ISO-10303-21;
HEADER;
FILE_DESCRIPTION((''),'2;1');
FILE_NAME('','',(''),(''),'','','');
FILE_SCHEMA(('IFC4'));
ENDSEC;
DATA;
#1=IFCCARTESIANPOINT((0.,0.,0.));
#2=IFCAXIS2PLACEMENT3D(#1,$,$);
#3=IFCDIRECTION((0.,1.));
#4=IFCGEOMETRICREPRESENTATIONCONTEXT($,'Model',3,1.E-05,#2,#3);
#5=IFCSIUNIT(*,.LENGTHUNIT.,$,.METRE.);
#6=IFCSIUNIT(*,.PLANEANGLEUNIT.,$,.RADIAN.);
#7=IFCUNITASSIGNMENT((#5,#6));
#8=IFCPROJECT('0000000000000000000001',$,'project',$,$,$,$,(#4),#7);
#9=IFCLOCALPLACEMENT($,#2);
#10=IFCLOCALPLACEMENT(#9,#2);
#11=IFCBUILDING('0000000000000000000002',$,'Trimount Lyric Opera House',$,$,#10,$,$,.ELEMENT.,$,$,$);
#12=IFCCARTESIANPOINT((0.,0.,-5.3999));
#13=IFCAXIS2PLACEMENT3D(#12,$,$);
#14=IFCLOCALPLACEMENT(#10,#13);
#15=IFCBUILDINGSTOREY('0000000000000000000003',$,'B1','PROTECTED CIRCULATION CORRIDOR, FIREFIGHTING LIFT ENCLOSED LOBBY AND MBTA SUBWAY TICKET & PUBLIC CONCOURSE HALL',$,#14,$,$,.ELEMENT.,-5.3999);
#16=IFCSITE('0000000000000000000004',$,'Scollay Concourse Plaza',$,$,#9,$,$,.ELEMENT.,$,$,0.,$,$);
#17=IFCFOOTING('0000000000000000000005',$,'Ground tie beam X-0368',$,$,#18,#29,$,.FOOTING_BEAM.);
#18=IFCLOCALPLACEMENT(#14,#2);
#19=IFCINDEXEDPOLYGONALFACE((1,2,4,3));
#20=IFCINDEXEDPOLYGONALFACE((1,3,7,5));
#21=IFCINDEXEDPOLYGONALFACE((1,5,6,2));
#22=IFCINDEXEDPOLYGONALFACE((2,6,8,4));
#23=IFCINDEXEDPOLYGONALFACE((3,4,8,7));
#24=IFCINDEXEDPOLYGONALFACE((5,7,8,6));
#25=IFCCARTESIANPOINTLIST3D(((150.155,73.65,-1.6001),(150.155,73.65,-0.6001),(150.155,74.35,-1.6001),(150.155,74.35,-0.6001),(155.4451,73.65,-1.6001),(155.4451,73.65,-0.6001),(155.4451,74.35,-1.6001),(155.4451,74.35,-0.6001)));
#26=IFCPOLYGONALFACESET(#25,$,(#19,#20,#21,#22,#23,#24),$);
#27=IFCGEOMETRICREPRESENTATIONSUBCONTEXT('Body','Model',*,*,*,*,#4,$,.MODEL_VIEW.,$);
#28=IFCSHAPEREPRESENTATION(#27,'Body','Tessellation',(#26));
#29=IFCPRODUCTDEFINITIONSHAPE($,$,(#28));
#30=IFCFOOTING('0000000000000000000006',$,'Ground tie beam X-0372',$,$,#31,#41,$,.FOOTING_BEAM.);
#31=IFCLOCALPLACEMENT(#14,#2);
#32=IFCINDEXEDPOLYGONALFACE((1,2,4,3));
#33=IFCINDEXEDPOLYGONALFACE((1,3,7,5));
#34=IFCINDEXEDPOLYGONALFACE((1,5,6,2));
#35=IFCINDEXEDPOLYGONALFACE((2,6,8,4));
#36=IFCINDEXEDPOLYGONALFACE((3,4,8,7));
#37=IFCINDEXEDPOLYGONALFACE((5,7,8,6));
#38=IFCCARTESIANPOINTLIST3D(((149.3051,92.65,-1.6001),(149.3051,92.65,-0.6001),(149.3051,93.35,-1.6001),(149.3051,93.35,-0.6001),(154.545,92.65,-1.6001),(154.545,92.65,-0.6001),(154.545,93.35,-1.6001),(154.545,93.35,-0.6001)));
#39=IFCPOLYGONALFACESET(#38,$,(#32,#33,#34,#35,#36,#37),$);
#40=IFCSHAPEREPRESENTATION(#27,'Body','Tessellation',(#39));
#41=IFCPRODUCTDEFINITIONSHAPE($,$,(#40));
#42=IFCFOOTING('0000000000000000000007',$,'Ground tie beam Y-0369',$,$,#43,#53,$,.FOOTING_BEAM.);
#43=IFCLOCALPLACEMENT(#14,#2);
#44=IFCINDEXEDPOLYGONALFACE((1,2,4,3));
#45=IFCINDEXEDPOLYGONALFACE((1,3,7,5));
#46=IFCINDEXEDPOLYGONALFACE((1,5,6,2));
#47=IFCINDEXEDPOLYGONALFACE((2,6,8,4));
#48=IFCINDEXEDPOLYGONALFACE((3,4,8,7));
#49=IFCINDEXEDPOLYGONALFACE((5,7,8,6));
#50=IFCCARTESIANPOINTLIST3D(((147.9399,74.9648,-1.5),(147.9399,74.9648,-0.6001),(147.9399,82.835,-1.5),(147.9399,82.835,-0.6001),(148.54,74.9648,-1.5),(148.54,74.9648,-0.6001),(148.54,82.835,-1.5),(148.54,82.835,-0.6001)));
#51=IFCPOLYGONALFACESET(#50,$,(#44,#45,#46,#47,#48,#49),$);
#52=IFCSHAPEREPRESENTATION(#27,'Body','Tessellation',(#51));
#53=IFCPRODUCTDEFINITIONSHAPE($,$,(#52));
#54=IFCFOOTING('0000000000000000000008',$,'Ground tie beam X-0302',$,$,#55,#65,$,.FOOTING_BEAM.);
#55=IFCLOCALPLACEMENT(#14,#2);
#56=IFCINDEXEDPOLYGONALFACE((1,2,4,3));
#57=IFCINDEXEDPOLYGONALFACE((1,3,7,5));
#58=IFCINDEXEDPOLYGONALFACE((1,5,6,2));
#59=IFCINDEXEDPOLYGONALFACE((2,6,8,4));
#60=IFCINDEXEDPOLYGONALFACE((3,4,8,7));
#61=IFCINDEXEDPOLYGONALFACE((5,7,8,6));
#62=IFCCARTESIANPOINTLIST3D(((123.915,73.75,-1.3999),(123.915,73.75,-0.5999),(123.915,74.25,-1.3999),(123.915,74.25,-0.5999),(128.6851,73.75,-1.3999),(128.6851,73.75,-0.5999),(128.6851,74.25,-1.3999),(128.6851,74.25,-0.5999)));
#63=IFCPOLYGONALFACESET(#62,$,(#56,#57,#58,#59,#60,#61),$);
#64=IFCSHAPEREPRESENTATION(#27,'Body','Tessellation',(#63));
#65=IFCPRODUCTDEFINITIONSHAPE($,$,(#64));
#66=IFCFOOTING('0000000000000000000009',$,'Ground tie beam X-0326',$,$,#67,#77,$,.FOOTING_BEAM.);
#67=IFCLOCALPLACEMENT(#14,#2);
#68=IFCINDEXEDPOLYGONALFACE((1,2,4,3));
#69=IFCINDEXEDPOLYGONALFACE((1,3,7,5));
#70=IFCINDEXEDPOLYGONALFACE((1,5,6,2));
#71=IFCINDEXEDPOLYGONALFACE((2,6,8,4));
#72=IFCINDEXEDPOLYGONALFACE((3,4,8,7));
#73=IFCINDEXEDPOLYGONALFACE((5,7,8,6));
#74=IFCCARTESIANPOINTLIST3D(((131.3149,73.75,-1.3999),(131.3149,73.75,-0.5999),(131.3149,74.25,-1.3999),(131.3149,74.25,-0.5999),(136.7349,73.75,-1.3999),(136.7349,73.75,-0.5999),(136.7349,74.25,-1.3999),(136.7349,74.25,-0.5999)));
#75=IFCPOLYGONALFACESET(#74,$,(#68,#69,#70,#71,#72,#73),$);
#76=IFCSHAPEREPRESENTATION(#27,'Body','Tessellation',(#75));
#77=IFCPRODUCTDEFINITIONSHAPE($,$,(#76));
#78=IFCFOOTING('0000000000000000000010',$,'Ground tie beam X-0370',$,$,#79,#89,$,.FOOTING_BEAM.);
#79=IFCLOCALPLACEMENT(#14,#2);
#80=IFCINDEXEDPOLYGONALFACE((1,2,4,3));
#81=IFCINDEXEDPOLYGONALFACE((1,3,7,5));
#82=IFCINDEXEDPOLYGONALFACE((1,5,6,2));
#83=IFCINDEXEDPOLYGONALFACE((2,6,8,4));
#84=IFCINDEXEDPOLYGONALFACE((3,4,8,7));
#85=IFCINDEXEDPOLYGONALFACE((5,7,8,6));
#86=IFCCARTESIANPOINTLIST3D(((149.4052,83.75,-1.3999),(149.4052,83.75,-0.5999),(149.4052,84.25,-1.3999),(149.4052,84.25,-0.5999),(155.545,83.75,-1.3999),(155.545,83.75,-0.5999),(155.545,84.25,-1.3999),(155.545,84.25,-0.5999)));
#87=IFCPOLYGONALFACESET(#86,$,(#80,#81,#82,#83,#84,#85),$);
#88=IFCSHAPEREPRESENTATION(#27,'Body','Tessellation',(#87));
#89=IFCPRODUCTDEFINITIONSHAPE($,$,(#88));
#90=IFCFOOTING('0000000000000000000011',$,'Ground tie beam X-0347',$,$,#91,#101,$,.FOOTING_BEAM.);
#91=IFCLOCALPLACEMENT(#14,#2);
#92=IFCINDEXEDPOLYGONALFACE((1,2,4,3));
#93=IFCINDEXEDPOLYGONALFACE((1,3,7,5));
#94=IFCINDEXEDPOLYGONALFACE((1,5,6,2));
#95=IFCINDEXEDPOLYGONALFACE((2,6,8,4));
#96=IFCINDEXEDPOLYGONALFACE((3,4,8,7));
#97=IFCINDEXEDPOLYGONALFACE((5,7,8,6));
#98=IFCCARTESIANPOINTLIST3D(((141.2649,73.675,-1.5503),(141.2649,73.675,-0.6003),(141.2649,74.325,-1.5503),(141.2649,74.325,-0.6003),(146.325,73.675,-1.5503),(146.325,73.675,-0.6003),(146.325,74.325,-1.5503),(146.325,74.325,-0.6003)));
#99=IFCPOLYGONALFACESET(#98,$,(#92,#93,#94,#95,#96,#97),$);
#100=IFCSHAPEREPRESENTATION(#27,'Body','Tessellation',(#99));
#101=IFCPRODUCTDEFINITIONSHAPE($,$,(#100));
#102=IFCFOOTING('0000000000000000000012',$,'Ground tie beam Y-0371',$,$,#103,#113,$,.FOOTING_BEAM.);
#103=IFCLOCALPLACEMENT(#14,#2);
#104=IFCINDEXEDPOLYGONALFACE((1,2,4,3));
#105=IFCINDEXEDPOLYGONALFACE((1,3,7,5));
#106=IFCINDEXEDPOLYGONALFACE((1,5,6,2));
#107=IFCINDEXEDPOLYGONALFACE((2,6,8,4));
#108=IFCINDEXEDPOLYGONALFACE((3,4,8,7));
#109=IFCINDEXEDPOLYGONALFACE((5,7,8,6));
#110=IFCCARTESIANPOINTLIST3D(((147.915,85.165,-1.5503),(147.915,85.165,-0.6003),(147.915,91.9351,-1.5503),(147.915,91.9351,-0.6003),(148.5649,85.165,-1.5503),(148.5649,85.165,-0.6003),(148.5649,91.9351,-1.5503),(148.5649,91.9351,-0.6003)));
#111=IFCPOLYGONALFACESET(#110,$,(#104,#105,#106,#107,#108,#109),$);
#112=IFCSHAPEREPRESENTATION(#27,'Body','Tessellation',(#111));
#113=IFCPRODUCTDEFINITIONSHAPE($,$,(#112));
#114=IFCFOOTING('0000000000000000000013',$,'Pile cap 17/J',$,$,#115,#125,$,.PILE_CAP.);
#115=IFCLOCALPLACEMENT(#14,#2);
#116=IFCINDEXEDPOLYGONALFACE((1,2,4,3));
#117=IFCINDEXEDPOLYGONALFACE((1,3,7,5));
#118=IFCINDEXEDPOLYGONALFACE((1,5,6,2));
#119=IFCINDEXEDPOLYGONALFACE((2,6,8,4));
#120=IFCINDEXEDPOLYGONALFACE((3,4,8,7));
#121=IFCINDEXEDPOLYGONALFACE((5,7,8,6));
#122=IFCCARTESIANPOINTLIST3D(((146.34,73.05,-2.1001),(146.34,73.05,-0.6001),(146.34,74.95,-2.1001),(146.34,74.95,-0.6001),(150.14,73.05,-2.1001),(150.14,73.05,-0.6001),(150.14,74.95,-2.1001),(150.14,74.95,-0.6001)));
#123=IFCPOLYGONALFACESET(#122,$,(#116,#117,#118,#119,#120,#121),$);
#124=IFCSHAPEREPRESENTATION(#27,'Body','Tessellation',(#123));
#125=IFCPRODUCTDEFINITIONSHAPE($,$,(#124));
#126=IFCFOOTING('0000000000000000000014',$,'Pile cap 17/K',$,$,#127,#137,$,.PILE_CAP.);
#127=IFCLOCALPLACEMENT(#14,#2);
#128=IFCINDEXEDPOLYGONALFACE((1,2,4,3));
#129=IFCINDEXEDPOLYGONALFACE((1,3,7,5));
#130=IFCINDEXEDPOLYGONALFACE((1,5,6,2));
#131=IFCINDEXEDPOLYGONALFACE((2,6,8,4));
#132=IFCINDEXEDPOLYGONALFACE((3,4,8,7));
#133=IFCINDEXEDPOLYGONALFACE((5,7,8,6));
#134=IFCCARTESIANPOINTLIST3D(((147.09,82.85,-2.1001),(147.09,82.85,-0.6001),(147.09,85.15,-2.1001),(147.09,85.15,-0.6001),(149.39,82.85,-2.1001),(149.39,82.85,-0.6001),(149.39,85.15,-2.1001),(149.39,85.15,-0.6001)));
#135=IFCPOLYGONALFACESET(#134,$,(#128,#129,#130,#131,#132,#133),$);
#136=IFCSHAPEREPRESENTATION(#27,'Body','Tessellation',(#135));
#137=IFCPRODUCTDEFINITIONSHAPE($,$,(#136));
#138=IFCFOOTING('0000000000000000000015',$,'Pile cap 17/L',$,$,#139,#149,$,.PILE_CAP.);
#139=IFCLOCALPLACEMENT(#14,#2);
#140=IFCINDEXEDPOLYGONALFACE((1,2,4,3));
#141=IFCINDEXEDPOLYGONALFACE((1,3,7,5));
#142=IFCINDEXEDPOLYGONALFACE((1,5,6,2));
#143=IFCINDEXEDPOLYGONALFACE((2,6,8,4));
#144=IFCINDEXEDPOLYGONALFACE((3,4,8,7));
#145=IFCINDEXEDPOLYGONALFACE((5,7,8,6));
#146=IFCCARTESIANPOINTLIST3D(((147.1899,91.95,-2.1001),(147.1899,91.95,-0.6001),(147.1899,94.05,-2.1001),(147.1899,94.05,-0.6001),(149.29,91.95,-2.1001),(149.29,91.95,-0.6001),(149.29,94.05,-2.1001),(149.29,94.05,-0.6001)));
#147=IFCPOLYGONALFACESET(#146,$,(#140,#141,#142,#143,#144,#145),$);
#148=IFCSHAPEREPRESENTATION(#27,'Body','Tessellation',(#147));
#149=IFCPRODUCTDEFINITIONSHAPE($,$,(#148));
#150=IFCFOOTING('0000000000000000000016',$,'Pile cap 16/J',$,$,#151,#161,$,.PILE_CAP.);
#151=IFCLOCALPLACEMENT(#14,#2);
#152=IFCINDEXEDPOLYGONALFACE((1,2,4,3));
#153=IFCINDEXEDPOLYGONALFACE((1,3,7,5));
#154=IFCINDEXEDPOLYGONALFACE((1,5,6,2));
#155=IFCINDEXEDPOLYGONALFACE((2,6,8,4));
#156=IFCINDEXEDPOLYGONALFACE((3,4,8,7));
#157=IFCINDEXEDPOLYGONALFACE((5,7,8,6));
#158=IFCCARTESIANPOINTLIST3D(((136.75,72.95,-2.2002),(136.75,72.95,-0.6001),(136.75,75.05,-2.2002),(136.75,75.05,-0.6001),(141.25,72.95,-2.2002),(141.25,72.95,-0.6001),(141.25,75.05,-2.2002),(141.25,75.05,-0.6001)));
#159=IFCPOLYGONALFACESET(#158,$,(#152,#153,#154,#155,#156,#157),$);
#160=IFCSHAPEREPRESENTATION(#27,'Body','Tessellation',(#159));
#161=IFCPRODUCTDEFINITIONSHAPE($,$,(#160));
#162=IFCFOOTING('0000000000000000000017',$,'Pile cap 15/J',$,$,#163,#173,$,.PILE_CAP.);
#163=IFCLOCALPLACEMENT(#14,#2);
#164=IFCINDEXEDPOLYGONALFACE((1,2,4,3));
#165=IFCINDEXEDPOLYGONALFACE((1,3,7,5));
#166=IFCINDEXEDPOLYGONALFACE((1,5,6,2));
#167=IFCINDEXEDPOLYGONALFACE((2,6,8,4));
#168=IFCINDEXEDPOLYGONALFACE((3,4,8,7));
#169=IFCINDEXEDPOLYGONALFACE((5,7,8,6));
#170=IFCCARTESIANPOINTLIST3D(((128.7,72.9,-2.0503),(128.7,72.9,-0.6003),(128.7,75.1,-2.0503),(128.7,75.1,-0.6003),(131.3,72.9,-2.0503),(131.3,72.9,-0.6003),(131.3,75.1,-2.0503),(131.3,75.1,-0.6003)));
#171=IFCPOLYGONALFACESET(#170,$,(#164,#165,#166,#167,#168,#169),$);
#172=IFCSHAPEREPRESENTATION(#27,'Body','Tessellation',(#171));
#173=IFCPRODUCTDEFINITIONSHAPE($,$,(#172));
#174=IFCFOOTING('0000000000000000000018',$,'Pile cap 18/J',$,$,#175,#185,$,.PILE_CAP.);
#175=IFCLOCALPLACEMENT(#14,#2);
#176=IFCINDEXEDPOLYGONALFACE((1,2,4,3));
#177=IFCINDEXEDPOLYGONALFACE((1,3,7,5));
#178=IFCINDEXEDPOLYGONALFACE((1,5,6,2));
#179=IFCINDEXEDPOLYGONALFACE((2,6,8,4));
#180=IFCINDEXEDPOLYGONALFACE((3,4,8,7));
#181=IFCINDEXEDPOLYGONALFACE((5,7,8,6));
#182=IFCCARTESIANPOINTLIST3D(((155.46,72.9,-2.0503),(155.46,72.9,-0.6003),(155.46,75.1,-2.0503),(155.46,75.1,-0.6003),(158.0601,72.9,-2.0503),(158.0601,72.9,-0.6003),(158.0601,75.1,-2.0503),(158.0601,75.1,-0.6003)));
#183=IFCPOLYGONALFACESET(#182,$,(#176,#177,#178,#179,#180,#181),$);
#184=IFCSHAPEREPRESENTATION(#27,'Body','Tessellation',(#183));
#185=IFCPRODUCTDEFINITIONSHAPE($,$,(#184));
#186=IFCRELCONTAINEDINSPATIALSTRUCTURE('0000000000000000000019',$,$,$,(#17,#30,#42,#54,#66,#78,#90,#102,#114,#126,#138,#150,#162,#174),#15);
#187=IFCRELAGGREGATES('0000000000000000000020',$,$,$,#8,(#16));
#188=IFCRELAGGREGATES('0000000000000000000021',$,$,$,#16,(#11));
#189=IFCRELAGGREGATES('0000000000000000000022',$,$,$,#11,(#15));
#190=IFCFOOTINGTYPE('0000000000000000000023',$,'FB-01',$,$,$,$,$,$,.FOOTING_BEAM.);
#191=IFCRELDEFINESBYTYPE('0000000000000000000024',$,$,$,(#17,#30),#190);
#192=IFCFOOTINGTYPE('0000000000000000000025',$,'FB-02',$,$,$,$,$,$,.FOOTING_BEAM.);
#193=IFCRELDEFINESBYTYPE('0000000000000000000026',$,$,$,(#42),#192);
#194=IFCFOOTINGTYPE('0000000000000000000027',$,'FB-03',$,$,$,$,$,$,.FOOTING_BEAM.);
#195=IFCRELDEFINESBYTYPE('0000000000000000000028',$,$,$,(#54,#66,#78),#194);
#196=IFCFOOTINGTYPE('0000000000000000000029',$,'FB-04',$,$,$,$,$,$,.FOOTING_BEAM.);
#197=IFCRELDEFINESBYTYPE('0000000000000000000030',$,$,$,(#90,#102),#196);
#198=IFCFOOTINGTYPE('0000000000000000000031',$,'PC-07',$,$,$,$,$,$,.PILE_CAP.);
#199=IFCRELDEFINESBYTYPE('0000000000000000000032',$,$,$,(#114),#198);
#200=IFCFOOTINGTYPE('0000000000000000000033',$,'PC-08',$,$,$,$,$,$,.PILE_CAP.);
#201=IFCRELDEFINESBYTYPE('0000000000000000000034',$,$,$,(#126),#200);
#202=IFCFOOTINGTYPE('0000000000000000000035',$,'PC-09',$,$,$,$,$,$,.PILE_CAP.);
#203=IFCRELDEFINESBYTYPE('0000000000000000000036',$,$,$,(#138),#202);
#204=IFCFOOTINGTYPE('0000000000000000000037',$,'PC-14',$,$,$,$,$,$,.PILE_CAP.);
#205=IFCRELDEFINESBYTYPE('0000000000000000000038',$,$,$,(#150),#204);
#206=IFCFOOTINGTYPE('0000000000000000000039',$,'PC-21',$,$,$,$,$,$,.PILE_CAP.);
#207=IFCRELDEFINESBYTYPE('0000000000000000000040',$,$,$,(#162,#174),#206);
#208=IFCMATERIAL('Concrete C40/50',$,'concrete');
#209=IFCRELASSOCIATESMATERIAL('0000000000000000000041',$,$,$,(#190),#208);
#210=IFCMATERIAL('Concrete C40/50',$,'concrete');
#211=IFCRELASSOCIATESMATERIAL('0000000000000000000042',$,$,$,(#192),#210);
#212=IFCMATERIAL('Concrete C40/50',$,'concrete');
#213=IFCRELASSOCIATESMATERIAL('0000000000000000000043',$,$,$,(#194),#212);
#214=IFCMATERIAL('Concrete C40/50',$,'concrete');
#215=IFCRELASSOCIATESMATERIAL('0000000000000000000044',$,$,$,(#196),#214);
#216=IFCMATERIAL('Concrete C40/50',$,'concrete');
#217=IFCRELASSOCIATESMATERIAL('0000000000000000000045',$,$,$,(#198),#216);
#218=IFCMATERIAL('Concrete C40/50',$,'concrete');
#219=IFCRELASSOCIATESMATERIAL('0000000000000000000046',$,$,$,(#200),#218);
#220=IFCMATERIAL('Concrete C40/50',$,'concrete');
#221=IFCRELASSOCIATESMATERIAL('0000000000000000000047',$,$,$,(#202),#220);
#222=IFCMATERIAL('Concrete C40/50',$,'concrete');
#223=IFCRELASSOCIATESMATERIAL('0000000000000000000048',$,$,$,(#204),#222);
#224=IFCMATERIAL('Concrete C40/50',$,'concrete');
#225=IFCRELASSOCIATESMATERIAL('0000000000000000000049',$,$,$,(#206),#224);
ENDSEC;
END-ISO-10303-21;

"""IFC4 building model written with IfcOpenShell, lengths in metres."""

from ifc_helpers import new_model, si_unit, direction, frame, origin, origin_2d, place, context, subcontext, project, spatial, rectangle, extrude, material, type_object, element, save


model = new_model("IFC4")

# Units and contexts
model_context = context("Model", 3, precision=1e-05, world=origin(), true_north=direction((0.0, 1.0)))
body_context = subcontext(model_context, "Body", "Model", "MODEL_VIEW")
ifc_project = project(units=[si_unit("LENGTHUNIT", "METRE"), si_unit("PLANEANGLEUNIT", "RADIAN")], contexts=[model_context])

# Site, building, storey
site_placement = place(None, origin())
site = spatial("IfcSite", under=ifc_project, at=site_placement, Name="Scollay Concourse Plaza", CompositionType="ELEMENT", RefElevation=0.0)
building_placement = place(site_placement, origin())
building = spatial("IfcBuilding", under=site, at=building_placement, Name="Trimount Lyric Opera House", CompositionType="ELEMENT")
storey_placement = place(building_placement, frame((0.0, 0.0, -5.3999)))
storey = spatial("IfcBuildingStorey", under=building, at=storey_placement, Name="B1", Description="PROTECTED CIRCULATION CORRIDOR, FIREFIGHTING LIFT ENCLOSED LOBBY AND MBTA SUBWAY TICKET & PUBLIC CONCOURSE HALL", CompositionType="ELEMENT", Elevation=-5.3999)

# Footings
ifc_material_1 = material(Name="Concrete C40/50", Category="concrete")
footing_type_1 = type_object("IfcFootingType", Name="FB-01", PredefinedType="FOOTING_BEAM", material=ifc_material_1)
footing_1_placement = place(storey_placement, frame((152.8, 74.0, -1.6001), z_axis=(0.0, 0.0, 1.0), x_axis=(1.0, 0.0, 0.0)))
element("IfcFooting", 1, at=footing_1_placement, inside=storey, type_object=footing_type_1, Name="Ground tie beam X-0368", PredefinedType="FOOTING_BEAM", context=body_context, shape_type="SweptSolid", body=[
    extrude(rectangle(XDim=5.29, YDim=0.7, at=origin_2d()), origin(), (0.0, 0.0, 1.0), 1.0),
])
footing_2_placement = place(storey_placement, frame((151.925, 93.0, -1.6001), z_axis=(0.0, 0.0, 1.0), x_axis=(1.0, 0.0, 0.0)))
element("IfcFooting", 2, at=footing_2_placement, inside=storey, type_object=footing_type_1, Name="Ground tie beam X-0372", PredefinedType="FOOTING_BEAM", context=body_context, shape_type="SweptSolid", body=[
    extrude(rectangle(XDim=5.24, YDim=0.7, at=origin_2d()), origin(), (0.0, 0.0, 1.0), 1.0),
])
ifc_material_2 = material(Name="Concrete C40/50", Category="concrete")
footing_type_2 = type_object("IfcFootingType", Name="FB-02", PredefinedType="FOOTING_BEAM", material=ifc_material_2)
footing_3_placement = place(storey_placement, frame((148.24, 78.8999, -1.5), z_axis=(0.0, 0.0, 1.0), x_axis=(1.0, 0.0, 0.0)))
element("IfcFooting", 3, at=footing_3_placement, inside=storey, type_object=footing_type_2, Name="Ground tie beam Y-0369", PredefinedType="FOOTING_BEAM", context=body_context, shape_type="SweptSolid", body=[
    extrude(rectangle(XDim=0.6001, YDim=7.8701, at=origin_2d()), origin(), (0.0, 0.0, 1.0), 0.8999),
])
ifc_material_3 = material(Name="Concrete C40/50", Category="concrete")
footing_type_3 = type_object("IfcFootingType", Name="FB-03", PredefinedType="FOOTING_BEAM", material=ifc_material_3)
footing_4_placement = place(storey_placement, frame((126.3, 74.0, -1.3999), z_axis=(0.0, 0.0, 1.0), x_axis=(1.0, 0.0, 0.0)))
element("IfcFooting", 4, at=footing_4_placement, inside=storey, type_object=footing_type_3, Name="Ground tie beam X-0302", PredefinedType="FOOTING_BEAM", context=body_context, shape_type="SweptSolid", body=[
    extrude(rectangle(XDim=4.77, YDim=0.5, at=origin_2d()), origin(), (0.0, 0.0, 1.0), 0.8),
])
footing_5_placement = place(storey_placement, frame((134.0249, 74.0, -1.3999), z_axis=(0.0, 0.0, 1.0), x_axis=(1.0, 0.0, 0.0)))
element("IfcFooting", 5, at=footing_5_placement, inside=storey, type_object=footing_type_3, Name="Ground tie beam X-0326", PredefinedType="FOOTING_BEAM", context=body_context, shape_type="SweptSolid", body=[
    extrude(rectangle(XDim=5.4199, YDim=0.5, at=origin_2d()), origin(), (0.0, 0.0, 1.0), 0.8),
])
footing_6_placement = place(storey_placement, frame((152.4751, 84.0, -1.3999), z_axis=(0.0, 0.0, 1.0), x_axis=(1.0, 0.0, 0.0)))
element("IfcFooting", 6, at=footing_6_placement, inside=storey, type_object=footing_type_3, Name="Ground tie beam X-0370", PredefinedType="FOOTING_BEAM", context=body_context, shape_type="SweptSolid", body=[
    extrude(rectangle(XDim=6.1399, YDim=0.5, at=origin_2d()), origin(), (0.0, 0.0, 1.0), 0.8),
])
ifc_material_4 = material(Name="Concrete C40/50", Category="concrete")
footing_type_4 = type_object("IfcFootingType", Name="FB-04", PredefinedType="FOOTING_BEAM", material=ifc_material_4)
footing_7_placement = place(storey_placement, frame((143.7949, 74.0, -1.5503), z_axis=(0.0, 0.0, 1.0), x_axis=(1.0, 0.0, 0.0)))
element("IfcFooting", 7, at=footing_7_placement, inside=storey, type_object=footing_type_4, Name="Ground tie beam X-0347", PredefinedType="FOOTING_BEAM", context=body_context, shape_type="SweptSolid", body=[
    extrude(rectangle(XDim=5.0601, YDim=0.6499, at=origin_2d()), origin(), (0.0, 0.0, 1.0), 0.95),
])
footing_8_placement = place(storey_placement, frame((148.24, 88.55, -1.5503), z_axis=(0.0, 0.0, 1.0), x_axis=(1.0, 0.0, 0.0)))
element("IfcFooting", 8, at=footing_8_placement, inside=storey, type_object=footing_type_4, Name="Ground tie beam Y-0371", PredefinedType="FOOTING_BEAM", context=body_context, shape_type="SweptSolid", body=[
    extrude(rectangle(XDim=0.6499, YDim=6.77, at=origin_2d()), origin(), (0.0, 0.0, 1.0), 0.95),
])
ifc_material_5 = material(Name="Concrete C40/50", Category="concrete")
footing_type_5 = type_object("IfcFootingType", Name="PC-07", PredefinedType="PILE_CAP", material=ifc_material_5)
footing_9_placement = place(storey_placement, frame((148.24, 74.0, -2.1001), z_axis=(0.0, 0.0, 1.0), x_axis=(1.0, 0.0, 0.0)))
element("IfcFooting", 9, at=footing_9_placement, inside=storey, type_object=footing_type_5, Name="Pile cap 17/J", PredefinedType="PILE_CAP", context=body_context, shape_type="SweptSolid", body=[
    extrude(rectangle(XDim=3.8, YDim=1.8999, at=origin_2d()), origin(), (0.0, 0.0, 1.0), 1.5),
])
ifc_material_6 = material(Name="Concrete C40/50", Category="concrete")
footing_type_6 = type_object("IfcFootingType", Name="PC-08", PredefinedType="PILE_CAP", material=ifc_material_6)
footing_10_placement = place(storey_placement, frame((148.24, 84.0, -2.1001), z_axis=(0.0, 0.0, 1.0), x_axis=(1.0, 0.0, 0.0)))
element("IfcFooting", 10, at=footing_10_placement, inside=storey, type_object=footing_type_6, Name="Pile cap 17/K", PredefinedType="PILE_CAP", context=body_context, shape_type="SweptSolid", body=[
    extrude(rectangle(XDim=2.3, YDim=2.3, at=origin_2d()), origin(), (0.0, 0.0, 1.0), 1.5),
])
ifc_material_7 = material(Name="Concrete C40/50", Category="concrete")
footing_type_7 = type_object("IfcFootingType", Name="PC-09", PredefinedType="PILE_CAP", material=ifc_material_7)
footing_11_placement = place(storey_placement, frame((148.24, 93.0, -2.1001), z_axis=(0.0, 0.0, 1.0), x_axis=(1.0, 0.0, 0.0)))
element("IfcFooting", 11, at=footing_11_placement, inside=storey, type_object=footing_type_7, Name="Pile cap 17/L", PredefinedType="PILE_CAP", context=body_context, shape_type="SweptSolid", body=[
    extrude(rectangle(XDim=2.1001, YDim=2.1001, at=origin_2d()), origin(), (0.0, 0.0, 1.0), 1.5),
])
ifc_material_8 = material(Name="Concrete C40/50", Category="concrete")
footing_type_8 = type_object("IfcFootingType", Name="PC-14", PredefinedType="PILE_CAP", material=ifc_material_8)
footing_12_placement = place(storey_placement, frame((139.0, 74.0, -2.2002), z_axis=(0.0, 0.0, 1.0), x_axis=(1.0, 0.0, 0.0)))
element("IfcFooting", 12, at=footing_12_placement, inside=storey, type_object=footing_type_8, Name="Pile cap 16/J", PredefinedType="PILE_CAP", context=body_context, shape_type="SweptSolid", body=[
    extrude(rectangle(XDim=4.5, YDim=2.1001, at=origin_2d()), origin(), (0.0, 0.0, 1.0), 1.6001),
])
ifc_material_9 = material(Name="Concrete C40/50", Category="concrete")
footing_type_9 = type_object("IfcFootingType", Name="PC-21", PredefinedType="PILE_CAP", material=ifc_material_9)
for number, where, z_axis, x_axis, name in (
    (13, (130.0, 74.0, -2.0503), (0.0, 0.0, 1.0), (1.0, 0.0, 0.0), "Pile cap 15/J"),
    (14, (156.76, 74.0, -2.0503), (0.0, 0.0, 1.0), (1.0, 0.0, 0.0), "Pile cap 18/J"),
):
    element("IfcFooting", number, at=place(storey_placement, frame(where, z_axis=z_axis, x_axis=x_axis)), inside=storey, type_object=footing_type_9, Name=name, PredefinedType="PILE_CAP", context=body_context, shape_type="SweptSolid", body=[
        extrude(rectangle(XDim=2.6001, YDim=2.2, at=origin_2d()), origin(), (0.0, 0.0, 1.0), 1.45),
    ])

save(model, "model.ifc")
